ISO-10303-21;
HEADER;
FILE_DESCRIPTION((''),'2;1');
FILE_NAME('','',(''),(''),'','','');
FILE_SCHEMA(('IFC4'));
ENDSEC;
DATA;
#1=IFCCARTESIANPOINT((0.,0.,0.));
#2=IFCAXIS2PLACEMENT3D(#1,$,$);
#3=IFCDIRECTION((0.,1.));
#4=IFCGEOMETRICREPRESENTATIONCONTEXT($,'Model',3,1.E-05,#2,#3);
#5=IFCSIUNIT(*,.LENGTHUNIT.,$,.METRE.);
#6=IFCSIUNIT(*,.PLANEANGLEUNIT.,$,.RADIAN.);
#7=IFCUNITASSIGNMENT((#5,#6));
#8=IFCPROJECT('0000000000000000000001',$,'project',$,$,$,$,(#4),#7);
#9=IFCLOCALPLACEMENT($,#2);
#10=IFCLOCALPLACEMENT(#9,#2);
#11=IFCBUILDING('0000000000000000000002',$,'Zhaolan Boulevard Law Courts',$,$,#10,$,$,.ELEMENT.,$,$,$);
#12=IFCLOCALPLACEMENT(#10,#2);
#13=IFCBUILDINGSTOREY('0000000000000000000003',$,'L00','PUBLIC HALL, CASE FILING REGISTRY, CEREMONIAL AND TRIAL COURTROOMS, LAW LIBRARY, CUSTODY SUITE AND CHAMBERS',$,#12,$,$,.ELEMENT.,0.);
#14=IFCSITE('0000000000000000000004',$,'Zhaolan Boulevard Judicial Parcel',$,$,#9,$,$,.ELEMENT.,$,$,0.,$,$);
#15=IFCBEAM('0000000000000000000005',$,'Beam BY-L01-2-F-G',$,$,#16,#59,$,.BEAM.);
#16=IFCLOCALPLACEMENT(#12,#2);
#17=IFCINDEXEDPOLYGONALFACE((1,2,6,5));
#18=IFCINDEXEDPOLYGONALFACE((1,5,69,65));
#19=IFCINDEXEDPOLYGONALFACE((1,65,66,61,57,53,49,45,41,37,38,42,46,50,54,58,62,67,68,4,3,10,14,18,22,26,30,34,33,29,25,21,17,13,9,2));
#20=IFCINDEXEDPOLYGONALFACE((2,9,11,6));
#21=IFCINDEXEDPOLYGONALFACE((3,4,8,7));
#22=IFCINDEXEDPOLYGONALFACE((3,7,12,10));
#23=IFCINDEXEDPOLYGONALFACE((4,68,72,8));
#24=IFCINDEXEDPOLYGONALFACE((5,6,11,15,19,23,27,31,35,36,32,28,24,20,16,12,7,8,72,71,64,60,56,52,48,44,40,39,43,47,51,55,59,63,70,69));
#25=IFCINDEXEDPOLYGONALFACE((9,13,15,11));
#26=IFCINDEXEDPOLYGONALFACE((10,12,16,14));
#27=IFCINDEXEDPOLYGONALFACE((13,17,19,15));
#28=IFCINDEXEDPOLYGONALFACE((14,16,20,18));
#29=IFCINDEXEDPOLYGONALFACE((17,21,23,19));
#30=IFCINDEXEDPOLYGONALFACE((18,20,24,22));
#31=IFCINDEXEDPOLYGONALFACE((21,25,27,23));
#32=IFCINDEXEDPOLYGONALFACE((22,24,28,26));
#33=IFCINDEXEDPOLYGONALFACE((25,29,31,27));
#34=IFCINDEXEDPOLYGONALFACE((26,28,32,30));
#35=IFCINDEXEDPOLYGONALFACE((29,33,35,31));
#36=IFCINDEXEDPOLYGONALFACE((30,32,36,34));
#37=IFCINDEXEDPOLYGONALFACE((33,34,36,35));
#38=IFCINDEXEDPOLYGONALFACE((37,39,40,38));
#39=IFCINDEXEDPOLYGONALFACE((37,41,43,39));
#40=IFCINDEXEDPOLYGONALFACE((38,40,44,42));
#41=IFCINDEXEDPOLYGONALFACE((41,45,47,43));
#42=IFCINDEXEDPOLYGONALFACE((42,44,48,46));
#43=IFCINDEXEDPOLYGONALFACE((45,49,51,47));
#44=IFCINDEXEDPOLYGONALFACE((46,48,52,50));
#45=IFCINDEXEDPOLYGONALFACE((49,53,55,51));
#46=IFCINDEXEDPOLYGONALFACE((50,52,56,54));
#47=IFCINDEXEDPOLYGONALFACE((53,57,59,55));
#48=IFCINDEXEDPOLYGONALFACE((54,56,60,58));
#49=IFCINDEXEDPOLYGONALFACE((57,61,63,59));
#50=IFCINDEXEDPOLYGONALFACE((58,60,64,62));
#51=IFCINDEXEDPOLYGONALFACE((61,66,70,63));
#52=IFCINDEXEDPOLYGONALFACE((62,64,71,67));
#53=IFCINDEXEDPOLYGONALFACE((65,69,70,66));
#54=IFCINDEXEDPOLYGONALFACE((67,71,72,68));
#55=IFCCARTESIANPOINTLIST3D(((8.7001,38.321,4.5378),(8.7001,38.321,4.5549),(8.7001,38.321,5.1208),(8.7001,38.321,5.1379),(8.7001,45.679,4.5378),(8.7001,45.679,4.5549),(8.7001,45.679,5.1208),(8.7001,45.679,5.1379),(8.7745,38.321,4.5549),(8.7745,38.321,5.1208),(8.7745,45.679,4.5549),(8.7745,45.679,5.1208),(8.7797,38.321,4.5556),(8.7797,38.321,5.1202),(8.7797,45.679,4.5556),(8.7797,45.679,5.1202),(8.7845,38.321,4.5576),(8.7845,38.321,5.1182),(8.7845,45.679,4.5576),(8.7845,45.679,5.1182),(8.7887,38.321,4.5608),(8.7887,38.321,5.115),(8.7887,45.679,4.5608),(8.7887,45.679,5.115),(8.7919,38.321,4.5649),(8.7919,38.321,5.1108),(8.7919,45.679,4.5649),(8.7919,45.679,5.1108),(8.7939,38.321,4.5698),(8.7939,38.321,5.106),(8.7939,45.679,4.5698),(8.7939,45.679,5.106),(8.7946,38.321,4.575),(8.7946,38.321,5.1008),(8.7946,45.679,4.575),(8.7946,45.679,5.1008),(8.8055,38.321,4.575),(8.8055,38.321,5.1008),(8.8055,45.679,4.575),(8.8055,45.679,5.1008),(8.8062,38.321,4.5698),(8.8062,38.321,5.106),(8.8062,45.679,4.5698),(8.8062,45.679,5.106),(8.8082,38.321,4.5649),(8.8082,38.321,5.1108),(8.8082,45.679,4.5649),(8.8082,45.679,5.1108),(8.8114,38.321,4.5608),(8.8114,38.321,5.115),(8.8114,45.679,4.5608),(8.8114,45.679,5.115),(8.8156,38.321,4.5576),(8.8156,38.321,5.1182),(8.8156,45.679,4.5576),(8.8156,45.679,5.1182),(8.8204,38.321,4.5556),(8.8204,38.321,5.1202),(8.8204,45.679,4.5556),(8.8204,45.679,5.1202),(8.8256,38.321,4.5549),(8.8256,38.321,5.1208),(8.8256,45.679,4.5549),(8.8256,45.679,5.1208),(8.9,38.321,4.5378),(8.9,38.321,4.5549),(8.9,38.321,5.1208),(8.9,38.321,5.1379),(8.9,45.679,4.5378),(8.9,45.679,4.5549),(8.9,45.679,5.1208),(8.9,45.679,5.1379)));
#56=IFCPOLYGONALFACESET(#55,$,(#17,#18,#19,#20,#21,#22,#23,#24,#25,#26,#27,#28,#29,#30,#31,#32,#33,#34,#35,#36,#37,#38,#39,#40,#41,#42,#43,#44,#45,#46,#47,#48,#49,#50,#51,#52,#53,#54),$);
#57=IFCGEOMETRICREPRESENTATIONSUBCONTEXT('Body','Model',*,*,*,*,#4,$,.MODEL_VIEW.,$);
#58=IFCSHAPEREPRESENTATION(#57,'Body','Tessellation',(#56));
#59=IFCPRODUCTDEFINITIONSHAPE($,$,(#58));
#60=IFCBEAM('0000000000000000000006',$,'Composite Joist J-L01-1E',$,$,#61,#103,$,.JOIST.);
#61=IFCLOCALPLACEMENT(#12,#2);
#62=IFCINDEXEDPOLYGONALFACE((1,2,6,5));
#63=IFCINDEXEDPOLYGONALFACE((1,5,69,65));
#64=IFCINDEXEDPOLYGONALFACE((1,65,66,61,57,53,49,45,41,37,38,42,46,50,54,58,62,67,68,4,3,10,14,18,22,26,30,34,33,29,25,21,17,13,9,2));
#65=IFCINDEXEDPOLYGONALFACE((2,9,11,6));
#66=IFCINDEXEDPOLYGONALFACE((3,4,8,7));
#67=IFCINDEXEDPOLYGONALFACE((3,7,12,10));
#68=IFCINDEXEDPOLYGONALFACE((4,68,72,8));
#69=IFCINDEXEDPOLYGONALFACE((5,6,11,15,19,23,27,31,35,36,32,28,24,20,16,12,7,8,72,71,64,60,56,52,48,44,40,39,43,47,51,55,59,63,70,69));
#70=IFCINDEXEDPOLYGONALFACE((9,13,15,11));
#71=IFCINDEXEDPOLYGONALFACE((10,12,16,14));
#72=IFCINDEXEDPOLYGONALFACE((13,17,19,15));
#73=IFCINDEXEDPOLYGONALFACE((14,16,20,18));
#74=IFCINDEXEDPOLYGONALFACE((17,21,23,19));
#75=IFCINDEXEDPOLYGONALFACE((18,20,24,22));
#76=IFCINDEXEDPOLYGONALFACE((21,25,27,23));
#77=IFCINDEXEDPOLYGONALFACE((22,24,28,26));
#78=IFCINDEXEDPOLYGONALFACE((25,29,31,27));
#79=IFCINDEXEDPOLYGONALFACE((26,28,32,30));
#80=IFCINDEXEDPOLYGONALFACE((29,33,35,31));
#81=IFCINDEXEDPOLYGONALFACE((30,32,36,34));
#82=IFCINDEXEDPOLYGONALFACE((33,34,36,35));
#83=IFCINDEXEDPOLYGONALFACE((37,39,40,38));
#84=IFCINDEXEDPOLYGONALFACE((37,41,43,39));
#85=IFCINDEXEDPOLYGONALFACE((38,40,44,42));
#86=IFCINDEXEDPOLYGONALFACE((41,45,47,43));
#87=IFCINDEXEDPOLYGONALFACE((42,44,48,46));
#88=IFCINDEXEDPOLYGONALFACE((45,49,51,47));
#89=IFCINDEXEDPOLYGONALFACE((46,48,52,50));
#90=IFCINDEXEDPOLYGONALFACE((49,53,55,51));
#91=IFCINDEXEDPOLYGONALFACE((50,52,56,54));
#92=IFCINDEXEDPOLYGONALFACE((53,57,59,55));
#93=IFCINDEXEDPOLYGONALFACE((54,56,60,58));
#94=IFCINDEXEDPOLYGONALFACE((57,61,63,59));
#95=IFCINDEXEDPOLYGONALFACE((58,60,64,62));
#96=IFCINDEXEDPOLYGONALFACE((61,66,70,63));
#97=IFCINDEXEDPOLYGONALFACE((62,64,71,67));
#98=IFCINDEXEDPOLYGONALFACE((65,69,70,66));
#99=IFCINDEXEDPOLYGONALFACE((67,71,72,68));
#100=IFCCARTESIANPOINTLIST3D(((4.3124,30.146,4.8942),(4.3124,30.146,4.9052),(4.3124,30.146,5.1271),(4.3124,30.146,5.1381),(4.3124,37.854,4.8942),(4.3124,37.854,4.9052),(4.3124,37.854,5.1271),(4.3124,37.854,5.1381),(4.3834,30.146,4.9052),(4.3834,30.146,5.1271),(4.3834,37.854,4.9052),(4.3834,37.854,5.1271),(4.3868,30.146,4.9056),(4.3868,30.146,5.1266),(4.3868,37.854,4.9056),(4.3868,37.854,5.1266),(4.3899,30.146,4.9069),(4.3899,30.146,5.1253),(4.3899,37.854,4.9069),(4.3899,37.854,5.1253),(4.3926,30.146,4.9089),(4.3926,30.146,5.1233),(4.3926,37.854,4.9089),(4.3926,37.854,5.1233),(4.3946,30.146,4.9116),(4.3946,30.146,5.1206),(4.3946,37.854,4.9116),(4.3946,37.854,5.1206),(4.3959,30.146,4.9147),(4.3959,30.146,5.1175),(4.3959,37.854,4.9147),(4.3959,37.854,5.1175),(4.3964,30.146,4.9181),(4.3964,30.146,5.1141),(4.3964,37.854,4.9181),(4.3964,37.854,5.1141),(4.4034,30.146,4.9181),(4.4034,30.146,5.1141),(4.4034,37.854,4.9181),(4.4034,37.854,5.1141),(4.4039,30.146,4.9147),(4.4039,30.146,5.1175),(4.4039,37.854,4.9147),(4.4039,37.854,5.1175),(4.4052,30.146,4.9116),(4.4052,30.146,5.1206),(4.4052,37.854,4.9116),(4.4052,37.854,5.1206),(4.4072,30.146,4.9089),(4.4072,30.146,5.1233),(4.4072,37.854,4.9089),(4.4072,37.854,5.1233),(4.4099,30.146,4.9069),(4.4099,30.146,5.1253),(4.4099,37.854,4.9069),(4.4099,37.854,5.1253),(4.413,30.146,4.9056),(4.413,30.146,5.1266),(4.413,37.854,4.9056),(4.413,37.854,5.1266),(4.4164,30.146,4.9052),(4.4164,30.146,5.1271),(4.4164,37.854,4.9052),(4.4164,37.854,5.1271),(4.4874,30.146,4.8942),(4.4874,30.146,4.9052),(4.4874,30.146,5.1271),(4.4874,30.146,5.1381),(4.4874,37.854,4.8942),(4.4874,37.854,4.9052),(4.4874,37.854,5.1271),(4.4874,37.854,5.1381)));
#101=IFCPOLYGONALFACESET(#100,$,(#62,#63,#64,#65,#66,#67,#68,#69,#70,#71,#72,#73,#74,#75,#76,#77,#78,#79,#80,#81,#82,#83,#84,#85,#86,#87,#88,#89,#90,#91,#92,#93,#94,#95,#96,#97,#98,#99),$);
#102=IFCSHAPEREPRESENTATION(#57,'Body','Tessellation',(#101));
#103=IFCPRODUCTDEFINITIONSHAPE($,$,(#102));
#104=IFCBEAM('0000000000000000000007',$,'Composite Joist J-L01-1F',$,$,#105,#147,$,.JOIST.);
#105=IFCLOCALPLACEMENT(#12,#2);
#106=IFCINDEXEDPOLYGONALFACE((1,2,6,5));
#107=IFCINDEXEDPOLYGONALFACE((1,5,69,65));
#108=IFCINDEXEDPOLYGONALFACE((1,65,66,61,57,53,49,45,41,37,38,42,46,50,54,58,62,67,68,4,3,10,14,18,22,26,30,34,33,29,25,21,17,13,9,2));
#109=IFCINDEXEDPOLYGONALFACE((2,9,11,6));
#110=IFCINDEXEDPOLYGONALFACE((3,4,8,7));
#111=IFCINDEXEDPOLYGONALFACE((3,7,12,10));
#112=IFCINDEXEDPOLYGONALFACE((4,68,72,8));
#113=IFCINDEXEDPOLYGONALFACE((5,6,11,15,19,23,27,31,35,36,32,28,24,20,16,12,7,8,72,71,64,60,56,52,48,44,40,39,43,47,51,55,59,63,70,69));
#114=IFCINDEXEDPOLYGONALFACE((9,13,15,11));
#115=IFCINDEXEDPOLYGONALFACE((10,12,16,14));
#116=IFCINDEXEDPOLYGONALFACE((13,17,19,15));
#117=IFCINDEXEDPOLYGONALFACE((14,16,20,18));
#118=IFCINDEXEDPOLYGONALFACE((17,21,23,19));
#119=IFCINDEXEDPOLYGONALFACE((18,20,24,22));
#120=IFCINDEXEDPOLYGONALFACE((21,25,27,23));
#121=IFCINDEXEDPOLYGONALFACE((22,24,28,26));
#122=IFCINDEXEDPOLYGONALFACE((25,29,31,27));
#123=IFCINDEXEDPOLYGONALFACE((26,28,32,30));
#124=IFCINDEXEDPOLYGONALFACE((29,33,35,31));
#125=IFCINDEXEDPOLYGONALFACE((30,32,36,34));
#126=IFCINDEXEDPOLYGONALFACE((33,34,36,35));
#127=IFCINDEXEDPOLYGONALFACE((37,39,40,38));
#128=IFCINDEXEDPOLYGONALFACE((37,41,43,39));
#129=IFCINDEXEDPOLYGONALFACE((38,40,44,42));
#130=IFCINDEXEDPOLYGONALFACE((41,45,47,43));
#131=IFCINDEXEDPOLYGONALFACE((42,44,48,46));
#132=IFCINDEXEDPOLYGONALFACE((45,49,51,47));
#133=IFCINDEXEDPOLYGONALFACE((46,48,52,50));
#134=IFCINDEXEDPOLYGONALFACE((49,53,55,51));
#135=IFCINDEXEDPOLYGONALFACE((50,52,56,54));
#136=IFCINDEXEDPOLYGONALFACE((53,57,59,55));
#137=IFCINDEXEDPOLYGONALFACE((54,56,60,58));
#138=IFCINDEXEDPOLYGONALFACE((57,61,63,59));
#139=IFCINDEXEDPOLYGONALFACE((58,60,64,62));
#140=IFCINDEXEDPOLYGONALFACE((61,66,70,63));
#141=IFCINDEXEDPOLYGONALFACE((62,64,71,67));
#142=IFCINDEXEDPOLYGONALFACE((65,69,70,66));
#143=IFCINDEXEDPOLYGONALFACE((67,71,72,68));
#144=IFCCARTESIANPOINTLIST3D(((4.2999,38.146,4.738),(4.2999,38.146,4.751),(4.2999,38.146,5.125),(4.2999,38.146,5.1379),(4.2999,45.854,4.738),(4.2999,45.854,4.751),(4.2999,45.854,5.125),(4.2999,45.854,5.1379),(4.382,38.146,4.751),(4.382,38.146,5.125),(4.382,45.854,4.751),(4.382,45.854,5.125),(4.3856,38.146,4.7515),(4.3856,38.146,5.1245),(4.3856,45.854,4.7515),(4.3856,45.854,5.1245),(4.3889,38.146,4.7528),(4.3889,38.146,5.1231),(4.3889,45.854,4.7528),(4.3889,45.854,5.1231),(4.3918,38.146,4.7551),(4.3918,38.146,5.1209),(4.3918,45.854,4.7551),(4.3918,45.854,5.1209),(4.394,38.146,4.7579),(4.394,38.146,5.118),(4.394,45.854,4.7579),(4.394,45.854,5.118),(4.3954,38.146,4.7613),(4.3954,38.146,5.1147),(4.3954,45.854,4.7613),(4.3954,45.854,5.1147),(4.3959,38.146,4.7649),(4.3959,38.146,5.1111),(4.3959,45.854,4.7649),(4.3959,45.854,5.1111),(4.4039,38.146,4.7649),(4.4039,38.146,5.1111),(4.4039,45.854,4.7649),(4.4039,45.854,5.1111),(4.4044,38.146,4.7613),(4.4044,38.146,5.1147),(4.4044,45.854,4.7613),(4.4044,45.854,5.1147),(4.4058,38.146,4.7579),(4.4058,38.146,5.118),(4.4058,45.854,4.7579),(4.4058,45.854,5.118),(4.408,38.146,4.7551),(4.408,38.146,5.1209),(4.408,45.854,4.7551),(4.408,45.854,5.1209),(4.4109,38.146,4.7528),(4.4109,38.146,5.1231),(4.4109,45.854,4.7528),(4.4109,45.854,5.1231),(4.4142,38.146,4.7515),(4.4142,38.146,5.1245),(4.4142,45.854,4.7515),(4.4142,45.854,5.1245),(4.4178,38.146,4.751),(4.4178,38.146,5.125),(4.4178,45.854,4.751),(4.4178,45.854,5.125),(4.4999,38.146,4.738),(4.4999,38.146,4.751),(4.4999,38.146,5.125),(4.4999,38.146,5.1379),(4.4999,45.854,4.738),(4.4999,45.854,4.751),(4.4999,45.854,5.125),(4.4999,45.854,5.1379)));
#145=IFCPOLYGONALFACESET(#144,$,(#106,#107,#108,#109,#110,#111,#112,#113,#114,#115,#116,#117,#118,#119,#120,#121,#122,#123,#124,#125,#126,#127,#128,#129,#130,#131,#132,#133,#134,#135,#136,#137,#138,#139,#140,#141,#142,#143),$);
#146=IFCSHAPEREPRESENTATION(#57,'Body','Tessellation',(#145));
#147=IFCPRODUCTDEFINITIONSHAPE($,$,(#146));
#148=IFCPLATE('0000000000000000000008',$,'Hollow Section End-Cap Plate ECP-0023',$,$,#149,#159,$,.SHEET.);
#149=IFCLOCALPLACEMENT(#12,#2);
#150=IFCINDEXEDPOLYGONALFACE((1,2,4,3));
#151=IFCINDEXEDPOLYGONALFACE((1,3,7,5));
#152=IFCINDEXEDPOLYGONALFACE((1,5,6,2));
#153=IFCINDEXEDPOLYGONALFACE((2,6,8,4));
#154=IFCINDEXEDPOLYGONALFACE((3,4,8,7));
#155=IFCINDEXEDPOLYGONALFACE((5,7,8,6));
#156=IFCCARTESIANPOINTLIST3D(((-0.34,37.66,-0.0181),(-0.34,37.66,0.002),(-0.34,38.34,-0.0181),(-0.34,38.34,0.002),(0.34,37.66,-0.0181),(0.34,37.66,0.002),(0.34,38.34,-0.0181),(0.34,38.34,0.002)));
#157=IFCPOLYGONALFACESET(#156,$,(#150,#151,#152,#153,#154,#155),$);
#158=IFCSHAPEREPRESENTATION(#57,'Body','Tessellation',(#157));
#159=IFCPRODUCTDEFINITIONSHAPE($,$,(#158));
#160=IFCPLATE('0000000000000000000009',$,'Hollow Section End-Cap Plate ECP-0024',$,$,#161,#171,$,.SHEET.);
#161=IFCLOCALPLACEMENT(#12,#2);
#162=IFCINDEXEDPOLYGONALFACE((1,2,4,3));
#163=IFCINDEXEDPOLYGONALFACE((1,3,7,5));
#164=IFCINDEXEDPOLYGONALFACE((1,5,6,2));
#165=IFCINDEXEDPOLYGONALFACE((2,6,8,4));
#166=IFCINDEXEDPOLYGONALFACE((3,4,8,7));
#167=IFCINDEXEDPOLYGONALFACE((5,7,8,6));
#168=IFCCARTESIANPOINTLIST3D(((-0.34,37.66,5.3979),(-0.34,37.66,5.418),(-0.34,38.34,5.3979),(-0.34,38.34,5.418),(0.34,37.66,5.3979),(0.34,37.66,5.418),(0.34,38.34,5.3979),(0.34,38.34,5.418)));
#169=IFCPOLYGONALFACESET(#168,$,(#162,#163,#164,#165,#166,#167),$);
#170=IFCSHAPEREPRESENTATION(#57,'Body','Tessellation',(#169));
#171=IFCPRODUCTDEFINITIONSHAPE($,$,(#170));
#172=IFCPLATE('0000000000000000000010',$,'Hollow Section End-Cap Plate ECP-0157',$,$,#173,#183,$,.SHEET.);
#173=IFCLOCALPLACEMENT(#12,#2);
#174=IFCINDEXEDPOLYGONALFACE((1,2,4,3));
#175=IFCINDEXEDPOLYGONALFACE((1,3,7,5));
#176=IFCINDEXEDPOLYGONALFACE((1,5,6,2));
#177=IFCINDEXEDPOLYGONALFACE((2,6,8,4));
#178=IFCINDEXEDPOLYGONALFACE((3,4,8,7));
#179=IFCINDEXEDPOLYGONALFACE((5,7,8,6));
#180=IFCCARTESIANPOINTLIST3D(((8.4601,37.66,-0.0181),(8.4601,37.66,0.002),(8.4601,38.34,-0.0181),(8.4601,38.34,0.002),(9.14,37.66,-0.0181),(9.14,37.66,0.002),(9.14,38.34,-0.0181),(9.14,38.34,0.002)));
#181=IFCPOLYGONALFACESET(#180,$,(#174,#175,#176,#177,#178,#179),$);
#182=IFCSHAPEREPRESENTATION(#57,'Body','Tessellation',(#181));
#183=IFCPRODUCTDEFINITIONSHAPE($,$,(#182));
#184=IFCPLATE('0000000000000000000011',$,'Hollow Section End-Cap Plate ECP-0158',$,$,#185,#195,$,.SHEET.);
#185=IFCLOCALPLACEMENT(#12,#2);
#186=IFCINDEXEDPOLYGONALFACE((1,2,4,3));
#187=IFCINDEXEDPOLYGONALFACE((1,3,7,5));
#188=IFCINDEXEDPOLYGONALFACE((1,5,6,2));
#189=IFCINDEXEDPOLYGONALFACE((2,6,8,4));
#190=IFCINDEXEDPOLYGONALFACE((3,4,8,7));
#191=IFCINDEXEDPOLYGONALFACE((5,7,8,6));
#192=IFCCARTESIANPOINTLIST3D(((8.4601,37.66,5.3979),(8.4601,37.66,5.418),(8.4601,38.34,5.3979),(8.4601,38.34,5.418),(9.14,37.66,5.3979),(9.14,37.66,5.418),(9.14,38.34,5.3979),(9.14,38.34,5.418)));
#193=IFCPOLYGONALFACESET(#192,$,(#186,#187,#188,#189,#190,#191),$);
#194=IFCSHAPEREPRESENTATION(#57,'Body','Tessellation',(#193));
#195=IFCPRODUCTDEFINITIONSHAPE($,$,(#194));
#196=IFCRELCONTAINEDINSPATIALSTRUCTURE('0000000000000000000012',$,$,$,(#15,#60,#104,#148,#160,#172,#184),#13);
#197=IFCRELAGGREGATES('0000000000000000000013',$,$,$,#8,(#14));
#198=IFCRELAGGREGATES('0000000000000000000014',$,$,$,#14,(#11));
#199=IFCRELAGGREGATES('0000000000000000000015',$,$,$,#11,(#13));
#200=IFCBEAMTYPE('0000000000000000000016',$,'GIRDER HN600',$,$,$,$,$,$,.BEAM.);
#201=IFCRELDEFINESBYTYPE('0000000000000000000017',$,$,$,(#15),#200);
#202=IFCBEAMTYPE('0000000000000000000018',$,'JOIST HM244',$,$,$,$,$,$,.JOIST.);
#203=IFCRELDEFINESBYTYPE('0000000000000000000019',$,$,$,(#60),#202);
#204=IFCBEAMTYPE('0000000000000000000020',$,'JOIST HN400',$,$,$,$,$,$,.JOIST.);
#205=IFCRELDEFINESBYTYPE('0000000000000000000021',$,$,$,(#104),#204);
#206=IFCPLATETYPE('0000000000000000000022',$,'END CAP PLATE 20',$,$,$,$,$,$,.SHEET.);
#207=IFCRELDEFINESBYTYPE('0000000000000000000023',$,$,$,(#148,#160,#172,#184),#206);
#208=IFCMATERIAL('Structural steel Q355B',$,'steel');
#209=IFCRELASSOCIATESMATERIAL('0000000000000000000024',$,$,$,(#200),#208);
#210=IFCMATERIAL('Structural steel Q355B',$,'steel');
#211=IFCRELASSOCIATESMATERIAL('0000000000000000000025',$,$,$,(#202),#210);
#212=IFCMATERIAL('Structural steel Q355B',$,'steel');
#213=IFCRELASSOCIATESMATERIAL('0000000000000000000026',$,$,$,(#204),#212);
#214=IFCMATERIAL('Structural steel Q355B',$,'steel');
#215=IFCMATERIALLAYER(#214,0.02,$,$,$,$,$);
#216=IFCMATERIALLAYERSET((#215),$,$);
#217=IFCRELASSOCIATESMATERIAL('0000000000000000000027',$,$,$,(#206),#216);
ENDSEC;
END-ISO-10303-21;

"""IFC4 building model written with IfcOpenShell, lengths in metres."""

from ifc_helpers import new_model, si_unit, direction, frame, origin, origin_2d, place, context, subcontext, project, spatial, rectangle, i_section, extrude, material, layer, layer_set, material_profile, profile_set, type_object, element, save


model = new_model("IFC4")

# Units and contexts
model_context = context("Model", 3, precision=1e-05, world=origin(), true_north=direction((0.0, 1.0)))
body_context = subcontext(model_context, "Body", "Model", "MODEL_VIEW")
ifc_project = project(units=[si_unit("LENGTHUNIT", "METRE"), si_unit("PLANEANGLEUNIT", "RADIAN")], contexts=[model_context])

# Site, building, storey
site_placement = place(None, origin())
site = spatial("IfcSite", under=ifc_project, at=site_placement, Name="Zhaolan Boulevard Judicial Parcel", CompositionType="ELEMENT", RefElevation=0.0)
building_placement = place(site_placement, origin())
building = spatial("IfcBuilding", under=site, at=building_placement, Name="Zhaolan Boulevard Law Courts", CompositionType="ELEMENT")
storey_placement = place(building_placement, origin())
storey = spatial("IfcBuildingStorey", under=building, at=storey_placement, Name="L00", Description="PUBLIC HALL, CASE FILING REGISTRY, CEREMONIAL AND TRIAL COURTROOMS, LAW LIBRARY, CUSTODY SUITE AND CHAMBERS", CompositionType="ELEMENT", Elevation=0.0)

# Beams
ifc_material_1 = material(Name="Structural steel Q355B", Category="steel")
ifc_material_profile_1 = material_profile(ifc_material_1, i_section(OverallWidth=0.2, OverallDepth=0.6001, WebThickness=0.011, FlangeThickness=0.0171, FilletRadius=0.02, at=origin_2d()), Name="HN600x200")
ifc_profile_set_1 = profile_set([ifc_material_profile_1], Name="Structural steel Q355B")
beam_type_1 = type_object("IfcBeamType", Name="GIRDER HN600", PredefinedType="BEAM", material=ifc_profile_set_1)
for number, where, z_axis, x_axis, name in (
    (1, (8.8, 38.321, 4.8379), (0.0, 1.0, 0.0), (-1.0, 0.0, 0.0), "Beam BY-L01-2-F-G"),
):
    element("IfcBeam", number, at=place(storey_placement, frame(where, z_axis=z_axis, x_axis=x_axis)), inside=storey, type_object=beam_type_1, Name=name, PredefinedType="BEAM", context=body_context, shape_type="SweptSolid", body=[
        extrude(i_section(OverallWidth=0.2, OverallDepth=0.6001, WebThickness=0.011, FlangeThickness=0.0171, FilletRadius=0.02, at=origin_2d()), origin(), (0.0, 0.0, 1.0), 7.3579),
    ])
ifc_material_2 = material(Name="Structural steel Q355B", Category="steel")
ifc_material_profile_2 = material_profile(ifc_material_2, i_section(OverallWidth=0.175, OverallDepth=0.2439, WebThickness=0.0071, FlangeThickness=0.011, FilletRadius=0.0129, at=origin_2d()), Name="HM244x175")
ifc_profile_set_2 = profile_set([ifc_material_profile_2], Name="Structural steel Q355B")
beam_type_2 = type_object("IfcBeamType", Name="JOIST HM244", PredefinedType="JOIST", material=ifc_profile_set_2)
beam_1_placement = place(storey_placement, frame((4.3999, 30.146, 5.0161), z_axis=(0.0, 1.0, 0.0), x_axis=(-1.0, 0.0, 0.0)))
element("IfcBeam", 2, at=beam_1_placement, inside=storey, type_object=beam_type_2, Name="Composite Joist J-L01-1E", PredefinedType="JOIST", context=body_context, shape_type="SweptSolid", body=[
    extrude(i_section(OverallWidth=0.175, OverallDepth=0.2439, WebThickness=0.0071, FlangeThickness=0.011, FilletRadius=0.0129, at=origin_2d()), origin(), (0.0, 0.0, 1.0), 7.708),
])
ifc_material_3 = material(Name="Structural steel Q355B", Category="steel")
ifc_material_profile_3 = material_profile(ifc_material_3, i_section(OverallWidth=0.2, OverallDepth=0.3999, WebThickness=0.0081, FlangeThickness=0.0129, FilletRadius=0.0139, at=origin_2d()), Name="HN400x200")
ifc_profile_set_3 = profile_set([ifc_material_profile_3], Name="Structural steel Q355B")
beam_type_3 = type_object("IfcBeamType", Name="JOIST HN400", PredefinedType="JOIST", material=ifc_profile_set_3)
beam_2_placement = place(storey_placement, frame((4.3999, 38.146, 4.938), z_axis=(0.0, 1.0, 0.0), x_axis=(-1.0, 0.0, 0.0)))
element("IfcBeam", 3, at=beam_2_placement, inside=storey, type_object=beam_type_3, Name="Composite Joist J-L01-1F", PredefinedType="JOIST", context=body_context, shape_type="SweptSolid", body=[
    extrude(i_section(OverallWidth=0.2, OverallDepth=0.3999, WebThickness=0.0081, FlangeThickness=0.0129, FilletRadius=0.0139, at=origin_2d()), origin(), (0.0, 0.0, 1.0), 7.708),
])

# Plates
ifc_material_4 = material(Name="Structural steel Q355B", Category="steel")
ifc_layer_1 = layer(ifc_material_4, 0.02)
ifc_layer_set_1 = layer_set([ifc_layer_1])
plate_type = type_object("IfcPlateType", Name="END CAP PLATE 20", PredefinedType="SHEET", material=ifc_layer_set_1)
for number, where, z_axis, x_axis, name in (
    (4, (0.0, 38.0, -0.0181), (0.0, 0.0, 1.0), (1.0, 0.0, 0.0), "Hollow Section End-Cap Plate ECP-0023"),
    (5, (0.0, 38.0, 5.3979), (0.0, 0.0, 1.0), (1.0, 0.0, 0.0), "Hollow Section End-Cap Plate ECP-0024"),
    (6, (8.8, 38.0, -0.0181), (0.0, 0.0, 1.0), (1.0, 0.0, 0.0), "Hollow Section End-Cap Plate ECP-0157"),
    (7, (8.8, 38.0, 5.3979), (0.0, 0.0, 1.0), (1.0, 0.0, 0.0), "Hollow Section End-Cap Plate ECP-0158"),
):
    element("IfcPlate", number, at=place(storey_placement, frame(where, z_axis=z_axis, x_axis=x_axis)), inside=storey, type_object=plate_type, Name=name, PredefinedType="SHEET", context=body_context, shape_type="SweptSolid", body=[
        extrude(rectangle(XDim=0.6799, YDim=0.6799, at=origin_2d()), origin(), (0.0, 0.0, 1.0), 0.02),
    ])

save(model, "model.ifc")
